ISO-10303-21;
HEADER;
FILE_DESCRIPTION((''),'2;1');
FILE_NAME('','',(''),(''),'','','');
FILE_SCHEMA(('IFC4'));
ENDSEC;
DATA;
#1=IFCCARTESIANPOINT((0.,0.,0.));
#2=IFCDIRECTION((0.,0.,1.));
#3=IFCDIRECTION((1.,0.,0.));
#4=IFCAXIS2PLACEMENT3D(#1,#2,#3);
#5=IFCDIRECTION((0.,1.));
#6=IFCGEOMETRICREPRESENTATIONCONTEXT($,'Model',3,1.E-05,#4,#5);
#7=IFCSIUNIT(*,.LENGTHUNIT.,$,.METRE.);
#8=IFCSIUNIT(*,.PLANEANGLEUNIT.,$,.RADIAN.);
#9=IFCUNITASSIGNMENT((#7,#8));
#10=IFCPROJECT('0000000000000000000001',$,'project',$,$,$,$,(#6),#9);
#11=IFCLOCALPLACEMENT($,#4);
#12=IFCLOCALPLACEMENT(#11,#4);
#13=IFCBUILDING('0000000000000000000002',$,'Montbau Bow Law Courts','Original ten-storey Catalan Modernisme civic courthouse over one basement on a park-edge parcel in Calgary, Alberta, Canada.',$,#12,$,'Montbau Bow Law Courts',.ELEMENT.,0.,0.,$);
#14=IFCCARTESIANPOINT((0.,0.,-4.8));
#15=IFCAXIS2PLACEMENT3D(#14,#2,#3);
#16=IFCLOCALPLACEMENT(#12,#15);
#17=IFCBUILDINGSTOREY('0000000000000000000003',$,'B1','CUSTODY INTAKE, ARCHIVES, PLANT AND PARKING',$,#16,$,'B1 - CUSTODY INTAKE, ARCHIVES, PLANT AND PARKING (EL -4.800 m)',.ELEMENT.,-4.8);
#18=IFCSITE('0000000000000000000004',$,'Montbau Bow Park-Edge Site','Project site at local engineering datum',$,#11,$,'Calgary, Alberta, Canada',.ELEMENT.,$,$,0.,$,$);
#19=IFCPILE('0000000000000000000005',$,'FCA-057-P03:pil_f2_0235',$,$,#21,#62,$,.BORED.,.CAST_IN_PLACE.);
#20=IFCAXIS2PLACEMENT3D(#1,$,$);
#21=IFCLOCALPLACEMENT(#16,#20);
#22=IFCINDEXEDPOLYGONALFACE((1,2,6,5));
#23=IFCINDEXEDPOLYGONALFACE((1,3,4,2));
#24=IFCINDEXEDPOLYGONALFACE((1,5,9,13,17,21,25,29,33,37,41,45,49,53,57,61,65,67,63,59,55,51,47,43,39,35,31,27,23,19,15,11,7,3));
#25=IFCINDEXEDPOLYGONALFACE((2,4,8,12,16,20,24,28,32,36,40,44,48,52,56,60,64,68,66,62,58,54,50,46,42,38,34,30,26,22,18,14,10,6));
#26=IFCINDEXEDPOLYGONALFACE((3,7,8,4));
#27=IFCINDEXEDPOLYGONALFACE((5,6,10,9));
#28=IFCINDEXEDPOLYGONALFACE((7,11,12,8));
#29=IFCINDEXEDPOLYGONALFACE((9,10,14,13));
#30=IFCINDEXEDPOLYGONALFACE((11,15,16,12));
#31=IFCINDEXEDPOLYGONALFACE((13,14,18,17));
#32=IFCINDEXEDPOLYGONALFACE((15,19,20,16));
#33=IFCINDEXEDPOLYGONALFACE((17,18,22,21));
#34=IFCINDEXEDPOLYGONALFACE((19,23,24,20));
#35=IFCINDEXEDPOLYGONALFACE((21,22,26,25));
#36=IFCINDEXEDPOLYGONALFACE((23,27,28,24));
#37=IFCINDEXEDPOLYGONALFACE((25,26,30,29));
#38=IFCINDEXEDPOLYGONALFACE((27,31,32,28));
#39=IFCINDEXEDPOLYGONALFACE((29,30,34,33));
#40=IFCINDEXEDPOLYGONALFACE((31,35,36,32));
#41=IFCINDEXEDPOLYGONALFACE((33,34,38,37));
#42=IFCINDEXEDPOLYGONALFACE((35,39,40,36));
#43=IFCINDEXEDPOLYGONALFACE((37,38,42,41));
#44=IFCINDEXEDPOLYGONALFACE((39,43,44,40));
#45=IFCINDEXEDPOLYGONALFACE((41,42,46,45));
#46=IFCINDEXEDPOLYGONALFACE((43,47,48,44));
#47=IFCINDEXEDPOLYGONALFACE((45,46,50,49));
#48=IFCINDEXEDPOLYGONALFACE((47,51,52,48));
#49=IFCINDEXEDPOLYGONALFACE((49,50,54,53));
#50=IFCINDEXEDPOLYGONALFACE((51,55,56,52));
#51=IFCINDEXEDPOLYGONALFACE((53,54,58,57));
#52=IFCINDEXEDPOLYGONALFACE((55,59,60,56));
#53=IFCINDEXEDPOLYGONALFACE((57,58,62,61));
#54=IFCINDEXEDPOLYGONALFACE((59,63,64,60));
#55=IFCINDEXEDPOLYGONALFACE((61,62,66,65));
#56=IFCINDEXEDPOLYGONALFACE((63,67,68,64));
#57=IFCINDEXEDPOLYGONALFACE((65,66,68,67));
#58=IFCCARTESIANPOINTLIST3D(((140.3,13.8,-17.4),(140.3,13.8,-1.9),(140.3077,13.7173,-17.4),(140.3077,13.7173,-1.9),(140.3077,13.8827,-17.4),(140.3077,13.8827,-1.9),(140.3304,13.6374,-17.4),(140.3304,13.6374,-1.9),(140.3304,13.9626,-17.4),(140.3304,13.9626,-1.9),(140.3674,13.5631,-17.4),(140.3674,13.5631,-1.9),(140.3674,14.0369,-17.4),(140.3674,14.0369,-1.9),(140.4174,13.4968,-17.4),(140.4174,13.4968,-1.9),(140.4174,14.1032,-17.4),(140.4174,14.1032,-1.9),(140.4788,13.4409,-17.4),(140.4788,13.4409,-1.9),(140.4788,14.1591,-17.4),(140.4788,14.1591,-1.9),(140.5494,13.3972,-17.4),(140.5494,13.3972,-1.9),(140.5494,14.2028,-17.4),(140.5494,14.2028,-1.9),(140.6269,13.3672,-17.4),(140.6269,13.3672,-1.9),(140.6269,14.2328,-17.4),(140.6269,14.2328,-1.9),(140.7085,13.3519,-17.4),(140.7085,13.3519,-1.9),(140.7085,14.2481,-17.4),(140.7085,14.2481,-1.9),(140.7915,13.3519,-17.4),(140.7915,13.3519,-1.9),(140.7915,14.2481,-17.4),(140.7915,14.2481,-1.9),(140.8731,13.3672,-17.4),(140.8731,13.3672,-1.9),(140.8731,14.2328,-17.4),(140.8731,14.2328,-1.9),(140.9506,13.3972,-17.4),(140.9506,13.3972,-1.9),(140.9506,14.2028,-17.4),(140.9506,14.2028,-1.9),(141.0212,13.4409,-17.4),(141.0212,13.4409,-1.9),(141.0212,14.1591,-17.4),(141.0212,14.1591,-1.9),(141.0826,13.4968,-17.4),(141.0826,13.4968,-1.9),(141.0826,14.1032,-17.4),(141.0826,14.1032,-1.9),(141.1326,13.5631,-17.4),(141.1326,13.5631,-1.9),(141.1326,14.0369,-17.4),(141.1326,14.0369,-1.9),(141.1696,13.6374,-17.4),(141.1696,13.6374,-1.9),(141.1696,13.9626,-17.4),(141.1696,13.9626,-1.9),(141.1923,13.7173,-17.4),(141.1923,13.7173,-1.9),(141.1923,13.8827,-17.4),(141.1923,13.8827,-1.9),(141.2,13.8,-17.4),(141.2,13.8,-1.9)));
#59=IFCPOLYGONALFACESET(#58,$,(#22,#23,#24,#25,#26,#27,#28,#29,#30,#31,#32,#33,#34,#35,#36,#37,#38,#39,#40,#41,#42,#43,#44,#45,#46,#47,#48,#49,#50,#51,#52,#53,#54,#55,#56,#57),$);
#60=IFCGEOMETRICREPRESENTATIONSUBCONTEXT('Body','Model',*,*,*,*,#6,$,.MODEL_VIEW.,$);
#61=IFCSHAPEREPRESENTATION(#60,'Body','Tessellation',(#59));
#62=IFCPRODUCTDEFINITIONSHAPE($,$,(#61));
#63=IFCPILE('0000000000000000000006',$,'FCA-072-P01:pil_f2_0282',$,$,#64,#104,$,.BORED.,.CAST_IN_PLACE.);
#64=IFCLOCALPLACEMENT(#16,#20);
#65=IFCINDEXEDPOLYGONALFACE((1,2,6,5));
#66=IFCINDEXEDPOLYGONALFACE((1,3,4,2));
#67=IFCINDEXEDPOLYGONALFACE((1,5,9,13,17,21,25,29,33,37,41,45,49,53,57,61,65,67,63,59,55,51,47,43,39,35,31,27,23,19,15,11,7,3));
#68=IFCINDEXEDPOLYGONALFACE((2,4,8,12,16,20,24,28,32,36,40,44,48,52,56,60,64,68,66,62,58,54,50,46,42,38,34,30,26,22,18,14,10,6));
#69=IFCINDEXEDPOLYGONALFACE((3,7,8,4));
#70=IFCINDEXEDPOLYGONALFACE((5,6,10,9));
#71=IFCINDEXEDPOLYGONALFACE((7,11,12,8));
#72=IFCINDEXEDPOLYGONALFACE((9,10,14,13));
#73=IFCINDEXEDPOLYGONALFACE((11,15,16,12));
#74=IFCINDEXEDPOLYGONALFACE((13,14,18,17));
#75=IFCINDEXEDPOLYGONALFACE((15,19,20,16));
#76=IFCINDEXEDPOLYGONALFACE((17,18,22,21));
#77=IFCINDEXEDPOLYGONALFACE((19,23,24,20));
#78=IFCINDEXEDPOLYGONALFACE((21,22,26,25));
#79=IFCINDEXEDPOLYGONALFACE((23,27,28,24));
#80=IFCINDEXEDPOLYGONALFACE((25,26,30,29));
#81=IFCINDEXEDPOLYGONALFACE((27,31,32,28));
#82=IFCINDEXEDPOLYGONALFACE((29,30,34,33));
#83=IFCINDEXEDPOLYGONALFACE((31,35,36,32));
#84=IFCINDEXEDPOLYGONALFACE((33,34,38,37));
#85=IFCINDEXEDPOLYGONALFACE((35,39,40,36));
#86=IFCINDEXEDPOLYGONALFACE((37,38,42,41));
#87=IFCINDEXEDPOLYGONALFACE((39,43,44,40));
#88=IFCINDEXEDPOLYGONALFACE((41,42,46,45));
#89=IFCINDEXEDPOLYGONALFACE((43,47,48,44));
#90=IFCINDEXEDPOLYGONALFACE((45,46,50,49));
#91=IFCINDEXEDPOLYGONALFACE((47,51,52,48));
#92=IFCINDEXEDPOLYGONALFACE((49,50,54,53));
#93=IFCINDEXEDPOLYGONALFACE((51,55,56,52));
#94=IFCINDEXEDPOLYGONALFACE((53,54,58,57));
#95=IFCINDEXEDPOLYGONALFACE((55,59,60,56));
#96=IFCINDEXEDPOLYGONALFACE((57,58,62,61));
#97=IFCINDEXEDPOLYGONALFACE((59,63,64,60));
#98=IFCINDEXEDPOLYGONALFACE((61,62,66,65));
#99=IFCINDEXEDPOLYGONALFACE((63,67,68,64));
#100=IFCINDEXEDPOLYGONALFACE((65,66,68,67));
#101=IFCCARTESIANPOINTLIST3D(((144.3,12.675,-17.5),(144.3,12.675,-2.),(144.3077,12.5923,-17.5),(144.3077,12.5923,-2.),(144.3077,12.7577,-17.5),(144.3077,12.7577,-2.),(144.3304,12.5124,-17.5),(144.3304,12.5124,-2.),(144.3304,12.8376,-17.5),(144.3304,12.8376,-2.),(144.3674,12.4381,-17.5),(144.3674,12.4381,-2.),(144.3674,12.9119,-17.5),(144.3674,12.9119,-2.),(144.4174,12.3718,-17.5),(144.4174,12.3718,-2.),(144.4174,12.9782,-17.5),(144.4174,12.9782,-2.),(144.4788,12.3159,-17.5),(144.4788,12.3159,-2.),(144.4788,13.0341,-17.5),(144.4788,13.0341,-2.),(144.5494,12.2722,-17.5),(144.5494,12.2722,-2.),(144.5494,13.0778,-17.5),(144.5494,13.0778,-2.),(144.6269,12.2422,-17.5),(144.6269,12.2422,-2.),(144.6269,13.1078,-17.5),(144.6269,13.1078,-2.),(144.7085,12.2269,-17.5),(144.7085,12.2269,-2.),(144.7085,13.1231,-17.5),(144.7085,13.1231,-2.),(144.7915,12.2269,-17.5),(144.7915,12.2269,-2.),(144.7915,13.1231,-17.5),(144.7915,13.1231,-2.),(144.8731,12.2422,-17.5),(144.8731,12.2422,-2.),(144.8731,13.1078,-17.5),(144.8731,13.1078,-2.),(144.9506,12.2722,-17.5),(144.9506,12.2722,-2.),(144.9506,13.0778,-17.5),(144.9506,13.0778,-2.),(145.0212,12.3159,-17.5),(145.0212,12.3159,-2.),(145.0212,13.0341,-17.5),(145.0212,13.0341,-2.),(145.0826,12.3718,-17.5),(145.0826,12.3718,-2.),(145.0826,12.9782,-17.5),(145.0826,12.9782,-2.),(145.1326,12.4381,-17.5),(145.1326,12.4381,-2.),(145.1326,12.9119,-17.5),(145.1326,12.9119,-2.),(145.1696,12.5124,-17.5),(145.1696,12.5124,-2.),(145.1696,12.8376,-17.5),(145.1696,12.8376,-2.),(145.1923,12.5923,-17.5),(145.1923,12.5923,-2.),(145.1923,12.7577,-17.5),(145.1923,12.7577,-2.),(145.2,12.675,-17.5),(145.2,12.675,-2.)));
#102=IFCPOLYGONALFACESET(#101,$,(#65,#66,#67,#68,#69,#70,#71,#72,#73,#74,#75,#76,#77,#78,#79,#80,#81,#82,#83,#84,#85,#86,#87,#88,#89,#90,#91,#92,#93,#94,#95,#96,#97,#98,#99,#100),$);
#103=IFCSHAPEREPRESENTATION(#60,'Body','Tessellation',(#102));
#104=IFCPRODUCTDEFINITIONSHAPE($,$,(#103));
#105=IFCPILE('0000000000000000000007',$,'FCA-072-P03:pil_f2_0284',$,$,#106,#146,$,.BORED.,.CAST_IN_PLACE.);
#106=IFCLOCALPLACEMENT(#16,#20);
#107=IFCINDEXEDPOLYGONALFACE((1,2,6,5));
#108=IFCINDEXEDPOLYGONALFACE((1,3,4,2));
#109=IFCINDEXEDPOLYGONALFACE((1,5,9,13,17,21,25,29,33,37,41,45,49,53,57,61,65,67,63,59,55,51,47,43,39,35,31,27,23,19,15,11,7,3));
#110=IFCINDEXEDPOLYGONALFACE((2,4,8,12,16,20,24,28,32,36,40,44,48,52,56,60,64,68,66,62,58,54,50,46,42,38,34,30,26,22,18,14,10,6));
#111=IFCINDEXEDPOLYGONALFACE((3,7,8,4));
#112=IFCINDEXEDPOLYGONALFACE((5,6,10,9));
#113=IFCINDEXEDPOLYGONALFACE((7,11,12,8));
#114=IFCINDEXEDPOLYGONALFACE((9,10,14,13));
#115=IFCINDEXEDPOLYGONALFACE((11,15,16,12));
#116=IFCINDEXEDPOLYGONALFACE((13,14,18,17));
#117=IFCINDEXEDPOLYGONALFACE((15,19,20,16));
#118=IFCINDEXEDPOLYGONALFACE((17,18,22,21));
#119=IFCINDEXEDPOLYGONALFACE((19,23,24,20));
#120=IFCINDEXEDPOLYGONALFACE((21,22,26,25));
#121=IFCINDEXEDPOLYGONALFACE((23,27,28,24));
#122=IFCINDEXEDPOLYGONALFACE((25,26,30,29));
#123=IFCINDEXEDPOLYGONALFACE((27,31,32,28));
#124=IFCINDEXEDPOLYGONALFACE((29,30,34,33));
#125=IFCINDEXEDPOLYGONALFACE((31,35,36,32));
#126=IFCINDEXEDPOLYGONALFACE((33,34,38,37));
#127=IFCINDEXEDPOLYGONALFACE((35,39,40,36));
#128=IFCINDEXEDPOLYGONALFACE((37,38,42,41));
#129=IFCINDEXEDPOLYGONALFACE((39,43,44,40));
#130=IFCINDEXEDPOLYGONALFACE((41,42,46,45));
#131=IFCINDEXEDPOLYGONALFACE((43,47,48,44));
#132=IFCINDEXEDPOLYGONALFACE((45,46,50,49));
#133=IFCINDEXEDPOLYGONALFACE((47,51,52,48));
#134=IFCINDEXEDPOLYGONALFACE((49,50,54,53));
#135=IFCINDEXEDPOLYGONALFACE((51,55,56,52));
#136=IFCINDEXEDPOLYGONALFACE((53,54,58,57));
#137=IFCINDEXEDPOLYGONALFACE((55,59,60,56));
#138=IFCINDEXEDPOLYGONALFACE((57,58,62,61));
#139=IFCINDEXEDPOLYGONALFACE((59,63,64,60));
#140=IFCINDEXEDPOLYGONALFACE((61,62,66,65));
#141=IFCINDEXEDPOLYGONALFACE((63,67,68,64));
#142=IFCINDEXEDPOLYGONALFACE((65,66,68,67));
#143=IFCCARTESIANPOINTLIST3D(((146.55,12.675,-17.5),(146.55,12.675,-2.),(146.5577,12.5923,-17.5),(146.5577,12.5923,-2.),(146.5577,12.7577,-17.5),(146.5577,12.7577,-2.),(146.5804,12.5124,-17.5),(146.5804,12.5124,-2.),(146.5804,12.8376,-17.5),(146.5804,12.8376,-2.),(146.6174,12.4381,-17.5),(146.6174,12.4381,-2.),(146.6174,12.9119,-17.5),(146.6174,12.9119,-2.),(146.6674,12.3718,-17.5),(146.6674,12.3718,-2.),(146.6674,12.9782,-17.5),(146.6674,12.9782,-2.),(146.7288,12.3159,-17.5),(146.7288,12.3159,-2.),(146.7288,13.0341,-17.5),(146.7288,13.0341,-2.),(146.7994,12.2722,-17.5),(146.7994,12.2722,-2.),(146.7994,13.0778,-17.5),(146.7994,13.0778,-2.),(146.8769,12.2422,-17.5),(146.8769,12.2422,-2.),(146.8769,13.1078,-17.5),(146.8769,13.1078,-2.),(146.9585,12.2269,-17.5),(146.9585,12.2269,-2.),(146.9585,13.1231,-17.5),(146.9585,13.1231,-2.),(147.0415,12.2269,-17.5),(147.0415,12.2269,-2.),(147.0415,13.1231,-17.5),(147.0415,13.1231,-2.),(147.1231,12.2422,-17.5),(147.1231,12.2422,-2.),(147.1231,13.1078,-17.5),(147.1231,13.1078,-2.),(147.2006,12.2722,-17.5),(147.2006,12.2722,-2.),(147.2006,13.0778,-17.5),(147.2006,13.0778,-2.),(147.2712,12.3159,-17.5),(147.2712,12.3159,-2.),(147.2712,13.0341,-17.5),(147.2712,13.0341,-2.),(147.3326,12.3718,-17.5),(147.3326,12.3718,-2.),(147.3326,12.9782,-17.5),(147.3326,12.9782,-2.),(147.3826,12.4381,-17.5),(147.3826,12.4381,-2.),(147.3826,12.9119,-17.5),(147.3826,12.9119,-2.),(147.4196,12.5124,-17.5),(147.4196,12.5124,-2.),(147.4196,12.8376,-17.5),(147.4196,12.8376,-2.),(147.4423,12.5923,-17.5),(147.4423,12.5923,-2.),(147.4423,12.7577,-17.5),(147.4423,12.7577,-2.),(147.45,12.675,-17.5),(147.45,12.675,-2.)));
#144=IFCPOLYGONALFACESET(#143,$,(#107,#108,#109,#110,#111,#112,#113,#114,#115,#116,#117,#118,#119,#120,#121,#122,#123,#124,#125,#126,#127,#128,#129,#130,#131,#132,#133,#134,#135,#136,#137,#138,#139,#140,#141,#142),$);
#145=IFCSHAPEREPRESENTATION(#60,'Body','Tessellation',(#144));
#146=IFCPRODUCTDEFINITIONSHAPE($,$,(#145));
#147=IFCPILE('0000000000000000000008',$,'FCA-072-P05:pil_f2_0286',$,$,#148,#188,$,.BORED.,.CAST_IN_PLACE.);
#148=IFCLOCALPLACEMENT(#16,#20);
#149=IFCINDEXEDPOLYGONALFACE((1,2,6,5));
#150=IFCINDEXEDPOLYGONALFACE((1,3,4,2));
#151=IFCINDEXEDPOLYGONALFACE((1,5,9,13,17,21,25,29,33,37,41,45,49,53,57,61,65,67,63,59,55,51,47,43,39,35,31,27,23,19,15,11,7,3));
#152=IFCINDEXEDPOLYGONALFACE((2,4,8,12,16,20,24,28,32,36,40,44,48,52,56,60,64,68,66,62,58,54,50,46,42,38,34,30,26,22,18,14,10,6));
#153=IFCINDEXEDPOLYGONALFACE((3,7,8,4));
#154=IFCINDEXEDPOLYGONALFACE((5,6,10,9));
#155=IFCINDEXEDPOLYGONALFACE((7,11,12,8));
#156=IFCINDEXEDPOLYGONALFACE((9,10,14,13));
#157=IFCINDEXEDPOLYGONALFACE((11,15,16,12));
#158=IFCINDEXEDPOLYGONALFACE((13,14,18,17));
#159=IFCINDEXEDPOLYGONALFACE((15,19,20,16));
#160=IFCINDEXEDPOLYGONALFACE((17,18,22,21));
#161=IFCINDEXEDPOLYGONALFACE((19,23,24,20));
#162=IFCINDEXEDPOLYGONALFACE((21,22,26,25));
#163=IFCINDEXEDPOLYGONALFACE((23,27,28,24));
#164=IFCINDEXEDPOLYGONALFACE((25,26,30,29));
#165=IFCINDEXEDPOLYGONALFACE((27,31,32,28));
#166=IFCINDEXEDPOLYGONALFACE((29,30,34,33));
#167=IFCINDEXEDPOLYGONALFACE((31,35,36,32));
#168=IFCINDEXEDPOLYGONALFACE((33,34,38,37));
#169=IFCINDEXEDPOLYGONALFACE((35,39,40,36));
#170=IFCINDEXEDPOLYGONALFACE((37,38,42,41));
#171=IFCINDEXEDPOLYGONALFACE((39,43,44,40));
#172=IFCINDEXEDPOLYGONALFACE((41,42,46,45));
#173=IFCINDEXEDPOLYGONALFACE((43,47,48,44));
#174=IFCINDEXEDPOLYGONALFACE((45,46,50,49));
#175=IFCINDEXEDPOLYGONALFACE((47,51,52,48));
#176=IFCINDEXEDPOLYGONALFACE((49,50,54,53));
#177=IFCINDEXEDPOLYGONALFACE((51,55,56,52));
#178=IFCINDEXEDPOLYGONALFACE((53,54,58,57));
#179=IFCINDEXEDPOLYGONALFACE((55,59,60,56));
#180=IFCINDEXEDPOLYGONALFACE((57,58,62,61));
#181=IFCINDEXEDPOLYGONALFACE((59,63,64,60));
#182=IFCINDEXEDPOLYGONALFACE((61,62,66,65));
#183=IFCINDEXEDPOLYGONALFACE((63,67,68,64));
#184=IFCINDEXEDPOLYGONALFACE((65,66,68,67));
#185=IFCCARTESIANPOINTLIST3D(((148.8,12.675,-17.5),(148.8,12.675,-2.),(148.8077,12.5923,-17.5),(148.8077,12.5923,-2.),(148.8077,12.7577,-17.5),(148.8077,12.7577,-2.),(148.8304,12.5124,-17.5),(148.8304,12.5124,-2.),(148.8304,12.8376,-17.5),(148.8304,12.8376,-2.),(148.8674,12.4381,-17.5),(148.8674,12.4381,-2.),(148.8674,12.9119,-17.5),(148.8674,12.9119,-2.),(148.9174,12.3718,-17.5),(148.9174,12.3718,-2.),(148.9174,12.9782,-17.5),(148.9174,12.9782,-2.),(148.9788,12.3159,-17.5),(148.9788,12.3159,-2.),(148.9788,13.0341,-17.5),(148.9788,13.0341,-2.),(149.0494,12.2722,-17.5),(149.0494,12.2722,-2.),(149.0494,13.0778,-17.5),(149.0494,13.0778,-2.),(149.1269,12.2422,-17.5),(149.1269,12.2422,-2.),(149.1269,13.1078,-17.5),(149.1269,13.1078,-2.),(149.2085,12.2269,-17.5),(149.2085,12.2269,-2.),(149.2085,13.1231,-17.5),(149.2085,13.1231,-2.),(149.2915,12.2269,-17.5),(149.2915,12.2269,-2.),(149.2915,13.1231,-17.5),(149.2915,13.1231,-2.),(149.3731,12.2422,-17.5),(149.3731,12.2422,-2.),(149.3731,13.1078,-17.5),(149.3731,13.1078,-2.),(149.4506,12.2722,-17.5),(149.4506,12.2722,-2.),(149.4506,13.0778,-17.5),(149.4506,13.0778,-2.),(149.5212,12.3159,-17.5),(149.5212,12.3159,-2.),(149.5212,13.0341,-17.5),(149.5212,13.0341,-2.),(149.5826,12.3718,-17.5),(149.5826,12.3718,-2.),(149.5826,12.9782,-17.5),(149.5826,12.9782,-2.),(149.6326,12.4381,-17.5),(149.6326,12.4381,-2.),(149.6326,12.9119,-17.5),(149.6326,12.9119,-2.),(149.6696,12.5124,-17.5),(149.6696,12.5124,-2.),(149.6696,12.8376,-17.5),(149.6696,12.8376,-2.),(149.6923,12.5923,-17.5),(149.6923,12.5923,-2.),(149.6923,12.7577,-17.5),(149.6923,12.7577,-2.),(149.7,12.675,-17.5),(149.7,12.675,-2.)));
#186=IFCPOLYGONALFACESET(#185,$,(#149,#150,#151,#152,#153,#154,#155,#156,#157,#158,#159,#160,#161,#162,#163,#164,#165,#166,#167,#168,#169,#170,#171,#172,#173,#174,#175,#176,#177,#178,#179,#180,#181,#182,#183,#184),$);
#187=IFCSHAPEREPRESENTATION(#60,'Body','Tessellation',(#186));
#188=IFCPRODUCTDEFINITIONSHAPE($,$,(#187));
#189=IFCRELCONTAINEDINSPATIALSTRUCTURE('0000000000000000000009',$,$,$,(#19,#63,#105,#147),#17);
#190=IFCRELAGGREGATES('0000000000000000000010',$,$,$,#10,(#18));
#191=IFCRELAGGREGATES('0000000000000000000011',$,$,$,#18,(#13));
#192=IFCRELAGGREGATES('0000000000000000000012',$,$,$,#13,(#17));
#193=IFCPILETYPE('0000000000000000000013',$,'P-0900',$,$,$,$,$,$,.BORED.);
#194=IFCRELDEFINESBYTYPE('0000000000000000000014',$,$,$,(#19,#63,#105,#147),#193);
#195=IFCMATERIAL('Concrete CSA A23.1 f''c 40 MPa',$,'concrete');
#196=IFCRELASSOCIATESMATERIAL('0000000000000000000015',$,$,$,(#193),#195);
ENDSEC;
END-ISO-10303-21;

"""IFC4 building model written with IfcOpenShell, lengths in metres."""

from ifc_helpers import new_model, si_unit, direction, frame, origin_with_axes, origin_2d_with_axis, place, context, subcontext, project, spatial, circle, extrude, material, material_profile, profile_set, type_object, element, save


model = new_model("IFC4")

# Units and contexts
model_context = context("Model", 3, precision=1e-05, world=origin_with_axes(), true_north=direction((0.0, 1.0)))
body_context = subcontext(model_context, "Body", "Model", "MODEL_VIEW")
ifc_project = project(units=[si_unit("LENGTHUNIT", "METRE"), si_unit("PLANEANGLEUNIT", "RADIAN")], contexts=[model_context])

# Site, building, storey
site_placement = place(None, origin_with_axes())
site = spatial("IfcSite", under=ifc_project, at=site_placement, Name="Montbau Bow Park-Edge Site", Description="Project site at local engineering datum", LongName="Calgary, Alberta, Canada", CompositionType="ELEMENT", RefElevation=0.0)
building_placement = place(site_placement, origin_with_axes())
building = spatial("IfcBuilding", under=site, at=building_placement, Name="Montbau Bow Law Courts", Description="Original ten-storey Catalan Modernisme civic courthouse over one basement on a park-edge parcel in Calgary, Alberta, Canada.", LongName="Montbau Bow Law Courts", CompositionType="ELEMENT", ElevationOfRefHeight=0.0, ElevationOfTerrain=0.0)
storey_placement = place(building_placement, frame((0.0, 0.0, -4.8), z_axis=(0.0, 0.0, 1.0), x_axis=(1.0, 0.0, 0.0)))
storey = spatial("IfcBuildingStorey", under=building, at=storey_placement, Name="B1", Description="CUSTODY INTAKE, ARCHIVES, PLANT AND PARKING", LongName="B1 - CUSTODY INTAKE, ARCHIVES, PLANT AND PARKING (EL -4.800 m)", CompositionType="ELEMENT", Elevation=-4.8)

# Piles
ifc_material_1 = material(Name="Concrete CSA A23.1 f'c 40 MPa", Category="concrete")
ifc_material_profile_1 = material_profile(ifc_material_1, circle(Radius=0.45, at=origin_2d_with_axis()), Name="BP900", Category="Main", Priority=0)
ifc_profile_set_1 = profile_set([ifc_material_profile_1], Name="Concrete CSA A23.1 f'c 40 MPa")
pile_type_1 = type_object("IfcPileType", Name="P-0900", PredefinedType="BORED", material=ifc_profile_set_1)
for number, where, z_axis, x_axis, name in (
    (1, (140.75, 13.8, -22.2), (0.0, 0.0, 1.0), (1.0, 0.0, 0.0), "FCA-057-P03:pil_f2_0235"),
    (2, (144.75, 12.675, -22.3), (0.0, 0.0, 1.0), (1.0, 0.0, 0.0), "FCA-072-P01:pil_f2_0282"),
    (3, (147.0, 12.675, -22.3), (0.0, 0.0, 1.0), (1.0, 0.0, 0.0), "FCA-072-P03:pil_f2_0284"),
    (4, (149.25, 12.675, -22.3), (0.0, 0.0, 1.0), (1.0, 0.0, 0.0), "FCA-072-P05:pil_f2_0286"),
):
    element("IfcPile", number, at=place(None, frame(where, z_axis=z_axis, x_axis=x_axis)), inside=storey, type_object=pile_type_1, Name=name, ConstructionType="CAST_IN_PLACE", PredefinedType="BORED", context=body_context, shape_type="SweptSolid", body=[
        extrude(circle(Radius=0.45, at=origin_2d_with_axis()), origin_with_axes(), (0.0, 0.0, 1.0), 15.5),
    ])

save(model, "model.ifc")
